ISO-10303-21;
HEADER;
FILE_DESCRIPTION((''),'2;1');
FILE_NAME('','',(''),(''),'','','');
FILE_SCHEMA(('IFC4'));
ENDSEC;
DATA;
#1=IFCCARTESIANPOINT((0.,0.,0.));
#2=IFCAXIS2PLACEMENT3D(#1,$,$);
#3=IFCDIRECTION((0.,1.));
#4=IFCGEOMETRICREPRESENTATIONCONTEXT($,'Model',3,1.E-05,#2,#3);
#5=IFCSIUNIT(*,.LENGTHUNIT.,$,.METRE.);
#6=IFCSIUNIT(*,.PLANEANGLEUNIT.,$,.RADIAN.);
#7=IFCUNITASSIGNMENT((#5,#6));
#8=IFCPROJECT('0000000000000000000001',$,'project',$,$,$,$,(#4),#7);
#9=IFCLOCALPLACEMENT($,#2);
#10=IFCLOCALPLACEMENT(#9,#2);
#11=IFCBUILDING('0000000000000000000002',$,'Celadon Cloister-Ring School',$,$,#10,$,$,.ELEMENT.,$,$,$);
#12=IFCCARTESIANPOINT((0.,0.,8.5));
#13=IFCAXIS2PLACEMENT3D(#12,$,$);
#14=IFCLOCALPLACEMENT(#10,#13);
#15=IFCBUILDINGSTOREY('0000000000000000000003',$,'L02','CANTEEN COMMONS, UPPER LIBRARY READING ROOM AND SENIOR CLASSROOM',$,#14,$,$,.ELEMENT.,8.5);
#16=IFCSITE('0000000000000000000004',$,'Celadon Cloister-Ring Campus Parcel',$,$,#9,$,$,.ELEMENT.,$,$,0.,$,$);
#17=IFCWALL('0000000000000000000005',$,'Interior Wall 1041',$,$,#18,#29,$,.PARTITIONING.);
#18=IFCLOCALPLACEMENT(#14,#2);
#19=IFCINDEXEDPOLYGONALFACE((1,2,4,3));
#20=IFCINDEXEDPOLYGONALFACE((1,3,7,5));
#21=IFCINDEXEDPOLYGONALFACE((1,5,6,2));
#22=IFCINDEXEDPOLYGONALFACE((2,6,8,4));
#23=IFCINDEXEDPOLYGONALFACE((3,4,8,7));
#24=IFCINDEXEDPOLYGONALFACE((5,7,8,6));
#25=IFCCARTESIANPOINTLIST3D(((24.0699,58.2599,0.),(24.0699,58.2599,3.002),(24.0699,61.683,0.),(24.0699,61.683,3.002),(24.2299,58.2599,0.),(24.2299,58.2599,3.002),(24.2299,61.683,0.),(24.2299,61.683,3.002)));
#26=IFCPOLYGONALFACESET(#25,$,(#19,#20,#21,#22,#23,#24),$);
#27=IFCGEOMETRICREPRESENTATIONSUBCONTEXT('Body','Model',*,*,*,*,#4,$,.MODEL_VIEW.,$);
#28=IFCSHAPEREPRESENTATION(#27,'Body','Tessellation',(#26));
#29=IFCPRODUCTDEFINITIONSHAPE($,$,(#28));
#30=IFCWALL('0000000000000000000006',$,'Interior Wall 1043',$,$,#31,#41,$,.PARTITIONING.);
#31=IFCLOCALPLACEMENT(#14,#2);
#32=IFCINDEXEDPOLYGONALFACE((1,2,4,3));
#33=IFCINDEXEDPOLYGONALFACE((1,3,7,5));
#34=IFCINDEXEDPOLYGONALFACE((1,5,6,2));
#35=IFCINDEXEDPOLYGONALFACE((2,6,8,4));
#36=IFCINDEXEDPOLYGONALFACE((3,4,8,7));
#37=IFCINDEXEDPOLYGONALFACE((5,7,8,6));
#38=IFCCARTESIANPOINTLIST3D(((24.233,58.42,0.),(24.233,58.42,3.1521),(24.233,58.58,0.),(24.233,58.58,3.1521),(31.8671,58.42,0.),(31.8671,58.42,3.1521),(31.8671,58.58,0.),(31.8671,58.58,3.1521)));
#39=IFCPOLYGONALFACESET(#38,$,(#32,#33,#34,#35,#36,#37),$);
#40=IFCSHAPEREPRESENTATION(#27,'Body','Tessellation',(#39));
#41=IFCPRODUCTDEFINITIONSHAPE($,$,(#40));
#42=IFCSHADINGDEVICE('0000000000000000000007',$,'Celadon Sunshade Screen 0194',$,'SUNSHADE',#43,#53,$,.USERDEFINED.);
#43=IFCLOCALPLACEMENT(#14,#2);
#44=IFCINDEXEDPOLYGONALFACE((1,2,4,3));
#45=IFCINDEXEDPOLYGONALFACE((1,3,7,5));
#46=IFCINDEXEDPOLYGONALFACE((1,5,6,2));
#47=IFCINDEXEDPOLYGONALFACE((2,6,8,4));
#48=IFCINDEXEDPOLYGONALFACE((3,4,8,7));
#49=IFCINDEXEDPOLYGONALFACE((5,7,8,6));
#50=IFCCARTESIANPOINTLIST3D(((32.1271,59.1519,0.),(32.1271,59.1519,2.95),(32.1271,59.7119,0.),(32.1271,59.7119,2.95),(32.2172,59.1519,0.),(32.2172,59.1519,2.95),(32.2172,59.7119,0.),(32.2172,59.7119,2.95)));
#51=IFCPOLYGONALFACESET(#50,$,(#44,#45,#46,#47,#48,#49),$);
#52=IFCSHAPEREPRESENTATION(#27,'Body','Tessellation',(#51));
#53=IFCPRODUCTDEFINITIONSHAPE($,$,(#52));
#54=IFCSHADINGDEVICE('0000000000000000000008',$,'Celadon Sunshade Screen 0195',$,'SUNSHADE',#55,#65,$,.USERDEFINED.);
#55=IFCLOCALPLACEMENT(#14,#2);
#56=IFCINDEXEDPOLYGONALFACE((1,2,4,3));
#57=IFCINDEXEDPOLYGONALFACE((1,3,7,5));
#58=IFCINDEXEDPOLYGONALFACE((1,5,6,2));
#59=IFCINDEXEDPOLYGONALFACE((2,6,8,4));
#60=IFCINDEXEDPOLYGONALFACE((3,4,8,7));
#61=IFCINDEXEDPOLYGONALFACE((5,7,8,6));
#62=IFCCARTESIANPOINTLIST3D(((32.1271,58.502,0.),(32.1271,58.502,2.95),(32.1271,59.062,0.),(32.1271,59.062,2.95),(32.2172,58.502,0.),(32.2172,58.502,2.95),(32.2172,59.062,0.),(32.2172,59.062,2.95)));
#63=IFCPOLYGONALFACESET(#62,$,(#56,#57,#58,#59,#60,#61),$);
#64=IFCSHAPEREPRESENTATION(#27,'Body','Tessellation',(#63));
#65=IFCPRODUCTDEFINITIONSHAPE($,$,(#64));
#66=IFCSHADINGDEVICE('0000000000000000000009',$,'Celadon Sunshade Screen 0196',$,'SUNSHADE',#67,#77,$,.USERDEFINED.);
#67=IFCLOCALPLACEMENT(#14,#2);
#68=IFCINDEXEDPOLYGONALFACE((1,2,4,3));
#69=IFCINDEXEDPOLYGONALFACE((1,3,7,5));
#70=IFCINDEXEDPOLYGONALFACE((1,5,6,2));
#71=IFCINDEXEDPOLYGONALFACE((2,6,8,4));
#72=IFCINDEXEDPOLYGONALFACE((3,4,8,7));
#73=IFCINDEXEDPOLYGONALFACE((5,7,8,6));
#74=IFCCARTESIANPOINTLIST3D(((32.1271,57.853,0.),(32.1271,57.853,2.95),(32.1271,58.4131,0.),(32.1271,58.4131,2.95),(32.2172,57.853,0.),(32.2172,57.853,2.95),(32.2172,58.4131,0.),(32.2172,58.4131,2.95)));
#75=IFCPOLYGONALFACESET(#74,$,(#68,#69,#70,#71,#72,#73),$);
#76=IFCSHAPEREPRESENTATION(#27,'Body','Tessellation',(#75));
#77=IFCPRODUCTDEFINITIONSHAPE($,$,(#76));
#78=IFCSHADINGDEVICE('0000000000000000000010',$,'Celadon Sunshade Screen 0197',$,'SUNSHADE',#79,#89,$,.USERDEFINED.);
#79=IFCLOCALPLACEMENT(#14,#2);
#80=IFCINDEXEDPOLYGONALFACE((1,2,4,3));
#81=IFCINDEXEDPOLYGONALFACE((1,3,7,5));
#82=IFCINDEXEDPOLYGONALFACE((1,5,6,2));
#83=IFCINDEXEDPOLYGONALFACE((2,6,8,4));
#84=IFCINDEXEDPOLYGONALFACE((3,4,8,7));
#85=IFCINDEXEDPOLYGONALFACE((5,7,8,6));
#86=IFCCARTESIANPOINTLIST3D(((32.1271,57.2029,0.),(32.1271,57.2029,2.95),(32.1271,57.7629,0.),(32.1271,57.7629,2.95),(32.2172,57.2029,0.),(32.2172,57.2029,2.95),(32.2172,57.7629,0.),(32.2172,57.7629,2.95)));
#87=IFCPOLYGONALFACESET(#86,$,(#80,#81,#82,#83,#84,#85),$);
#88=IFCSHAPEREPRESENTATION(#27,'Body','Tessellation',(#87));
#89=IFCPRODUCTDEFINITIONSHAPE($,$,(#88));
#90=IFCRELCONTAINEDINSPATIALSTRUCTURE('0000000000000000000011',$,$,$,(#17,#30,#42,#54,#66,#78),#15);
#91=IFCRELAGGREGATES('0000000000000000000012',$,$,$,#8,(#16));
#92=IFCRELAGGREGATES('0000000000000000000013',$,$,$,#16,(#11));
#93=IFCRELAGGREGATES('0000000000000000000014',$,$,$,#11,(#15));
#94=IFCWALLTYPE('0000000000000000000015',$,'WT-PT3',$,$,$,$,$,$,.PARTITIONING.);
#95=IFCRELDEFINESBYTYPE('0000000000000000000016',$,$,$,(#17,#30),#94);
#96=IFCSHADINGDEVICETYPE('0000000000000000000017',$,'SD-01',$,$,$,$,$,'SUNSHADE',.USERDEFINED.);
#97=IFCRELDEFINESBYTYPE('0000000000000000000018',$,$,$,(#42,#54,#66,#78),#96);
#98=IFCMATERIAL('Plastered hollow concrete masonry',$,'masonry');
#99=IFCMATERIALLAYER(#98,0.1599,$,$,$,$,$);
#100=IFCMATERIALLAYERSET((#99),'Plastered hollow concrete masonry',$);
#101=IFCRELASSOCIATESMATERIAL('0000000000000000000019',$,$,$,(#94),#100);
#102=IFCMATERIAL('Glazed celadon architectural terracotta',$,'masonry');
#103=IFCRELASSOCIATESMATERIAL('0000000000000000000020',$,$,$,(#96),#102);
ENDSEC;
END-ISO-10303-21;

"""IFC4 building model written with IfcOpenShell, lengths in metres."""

from ifc_helpers import new_model, si_unit, direction, frame, frame_2d, origin, origin_2d, place, context, subcontext, project, spatial, rectangle, extrude, material, layer, layer_set, type_object, element, save


model = new_model("IFC4")

# Units and contexts
model_context = context("Model", 3, precision=1e-05, world=origin(), true_north=direction((0.0, 1.0)))
body_context = subcontext(model_context, "Body", "Model", "MODEL_VIEW")
ifc_project = project(units=[si_unit("LENGTHUNIT", "METRE"), si_unit("PLANEANGLEUNIT", "RADIAN")], contexts=[model_context])

# Site, building, storey
site_placement = place(None, origin())
site = spatial("IfcSite", under=ifc_project, at=site_placement, Name="Celadon Cloister-Ring Campus Parcel", CompositionType="ELEMENT", RefElevation=0.0)
building_placement = place(site_placement, origin())
building = spatial("IfcBuilding", under=site, at=building_placement, Name="Celadon Cloister-Ring School", CompositionType="ELEMENT")
storey_placement = place(building_placement, frame((0.0, 0.0, 8.5)))
storey = spatial("IfcBuildingStorey", under=building, at=storey_placement, Name="L02", Description="CANTEEN COMMONS, UPPER LIBRARY READING ROOM AND SENIOR CLASSROOM", CompositionType="ELEMENT", Elevation=8.5)

# Walls
ifc_material_1 = material(Name="Plastered hollow concrete masonry", Category="masonry")
ifc_layer_1 = layer(ifc_material_1, 0.1599)
ifc_layer_set_1 = layer_set([ifc_layer_1], Name="Plastered hollow concrete masonry")
wall_type_1 = type_object("IfcWallType", Name="WT-PT3", PredefinedType="PARTITIONING", material=ifc_layer_set_1)
wall_1_placement = place(storey_placement, frame((24.1499, 58.26, 0.0), z_axis=(0.0, 0.0, 1.0), x_axis=(0.0, 1.0, 0.0)))
element("IfcWall", 1, at=wall_1_placement, inside=storey, type_object=wall_type_1, Name="Interior Wall 1041", PredefinedType="PARTITIONING", context=body_context, shape_type="SweptSolid", body=[
    extrude(rectangle(XDim=3.4231, YDim=0.1599, at=frame_2d((1.7114, 0.0))), origin(), (0.0, 0.0, 1.0), 3.002),
])
wall_2_placement = place(storey_placement, frame((31.8669, 58.5, 0.0), z_axis=(0.0, 0.0, 1.0), x_axis=(-1.0, 0.0, 0.0)))
element("IfcWall", 2, at=wall_2_placement, inside=storey, type_object=wall_type_1, Name="Interior Wall 1043", PredefinedType="PARTITIONING", context=body_context, shape_type="SweptSolid", body=[
    extrude(rectangle(XDim=7.634, YDim=0.1599, at=frame_2d((3.8169, 0.0))), origin(), (0.0, 0.0, 1.0), 3.1521),
])

# Shading devices
ifc_material_2 = material(Name="Glazed celadon architectural terracotta", Category="masonry")
shading_device_type = type_object("IfcShadingDeviceType", Name="SD-01", ElementType="SUNSHADE", PredefinedType="USERDEFINED", material=ifc_material_2)
for number, where, z_axis, x_axis, name in (
    (3, (32.1721, 59.4319, 0.0), (0.0, 0.0, 1.0), (0.0, -1.0, 0.0), "Celadon Sunshade Screen 0194"),
    (4, (32.1721, 58.782, 0.0), (0.0, 0.0, 1.0), (0.0, -1.0, 0.0), "Celadon Sunshade Screen 0195"),
    (5, (32.1721, 58.1331, 0.0), (0.0, 0.0, 1.0), (0.0, -1.0, 0.0), "Celadon Sunshade Screen 0196"),
    (6, (32.1721, 57.4829, 0.0), (0.0, 0.0, 1.0), (0.0, -1.0, 0.0), "Celadon Sunshade Screen 0197"),
):
    element("IfcShadingDevice", number, at=place(storey_placement, frame(where, z_axis=z_axis, x_axis=x_axis)), inside=storey, type_object=shading_device_type, Name=name, ObjectType="SUNSHADE", PredefinedType="USERDEFINED", context=body_context, shape_type="SweptSolid", body=[
        extrude(rectangle(XDim=0.5601, YDim=0.0901, at=origin_2d()), origin(), (0.0, 0.0, 1.0), 2.95),
    ])

save(model, "model.ifc")
